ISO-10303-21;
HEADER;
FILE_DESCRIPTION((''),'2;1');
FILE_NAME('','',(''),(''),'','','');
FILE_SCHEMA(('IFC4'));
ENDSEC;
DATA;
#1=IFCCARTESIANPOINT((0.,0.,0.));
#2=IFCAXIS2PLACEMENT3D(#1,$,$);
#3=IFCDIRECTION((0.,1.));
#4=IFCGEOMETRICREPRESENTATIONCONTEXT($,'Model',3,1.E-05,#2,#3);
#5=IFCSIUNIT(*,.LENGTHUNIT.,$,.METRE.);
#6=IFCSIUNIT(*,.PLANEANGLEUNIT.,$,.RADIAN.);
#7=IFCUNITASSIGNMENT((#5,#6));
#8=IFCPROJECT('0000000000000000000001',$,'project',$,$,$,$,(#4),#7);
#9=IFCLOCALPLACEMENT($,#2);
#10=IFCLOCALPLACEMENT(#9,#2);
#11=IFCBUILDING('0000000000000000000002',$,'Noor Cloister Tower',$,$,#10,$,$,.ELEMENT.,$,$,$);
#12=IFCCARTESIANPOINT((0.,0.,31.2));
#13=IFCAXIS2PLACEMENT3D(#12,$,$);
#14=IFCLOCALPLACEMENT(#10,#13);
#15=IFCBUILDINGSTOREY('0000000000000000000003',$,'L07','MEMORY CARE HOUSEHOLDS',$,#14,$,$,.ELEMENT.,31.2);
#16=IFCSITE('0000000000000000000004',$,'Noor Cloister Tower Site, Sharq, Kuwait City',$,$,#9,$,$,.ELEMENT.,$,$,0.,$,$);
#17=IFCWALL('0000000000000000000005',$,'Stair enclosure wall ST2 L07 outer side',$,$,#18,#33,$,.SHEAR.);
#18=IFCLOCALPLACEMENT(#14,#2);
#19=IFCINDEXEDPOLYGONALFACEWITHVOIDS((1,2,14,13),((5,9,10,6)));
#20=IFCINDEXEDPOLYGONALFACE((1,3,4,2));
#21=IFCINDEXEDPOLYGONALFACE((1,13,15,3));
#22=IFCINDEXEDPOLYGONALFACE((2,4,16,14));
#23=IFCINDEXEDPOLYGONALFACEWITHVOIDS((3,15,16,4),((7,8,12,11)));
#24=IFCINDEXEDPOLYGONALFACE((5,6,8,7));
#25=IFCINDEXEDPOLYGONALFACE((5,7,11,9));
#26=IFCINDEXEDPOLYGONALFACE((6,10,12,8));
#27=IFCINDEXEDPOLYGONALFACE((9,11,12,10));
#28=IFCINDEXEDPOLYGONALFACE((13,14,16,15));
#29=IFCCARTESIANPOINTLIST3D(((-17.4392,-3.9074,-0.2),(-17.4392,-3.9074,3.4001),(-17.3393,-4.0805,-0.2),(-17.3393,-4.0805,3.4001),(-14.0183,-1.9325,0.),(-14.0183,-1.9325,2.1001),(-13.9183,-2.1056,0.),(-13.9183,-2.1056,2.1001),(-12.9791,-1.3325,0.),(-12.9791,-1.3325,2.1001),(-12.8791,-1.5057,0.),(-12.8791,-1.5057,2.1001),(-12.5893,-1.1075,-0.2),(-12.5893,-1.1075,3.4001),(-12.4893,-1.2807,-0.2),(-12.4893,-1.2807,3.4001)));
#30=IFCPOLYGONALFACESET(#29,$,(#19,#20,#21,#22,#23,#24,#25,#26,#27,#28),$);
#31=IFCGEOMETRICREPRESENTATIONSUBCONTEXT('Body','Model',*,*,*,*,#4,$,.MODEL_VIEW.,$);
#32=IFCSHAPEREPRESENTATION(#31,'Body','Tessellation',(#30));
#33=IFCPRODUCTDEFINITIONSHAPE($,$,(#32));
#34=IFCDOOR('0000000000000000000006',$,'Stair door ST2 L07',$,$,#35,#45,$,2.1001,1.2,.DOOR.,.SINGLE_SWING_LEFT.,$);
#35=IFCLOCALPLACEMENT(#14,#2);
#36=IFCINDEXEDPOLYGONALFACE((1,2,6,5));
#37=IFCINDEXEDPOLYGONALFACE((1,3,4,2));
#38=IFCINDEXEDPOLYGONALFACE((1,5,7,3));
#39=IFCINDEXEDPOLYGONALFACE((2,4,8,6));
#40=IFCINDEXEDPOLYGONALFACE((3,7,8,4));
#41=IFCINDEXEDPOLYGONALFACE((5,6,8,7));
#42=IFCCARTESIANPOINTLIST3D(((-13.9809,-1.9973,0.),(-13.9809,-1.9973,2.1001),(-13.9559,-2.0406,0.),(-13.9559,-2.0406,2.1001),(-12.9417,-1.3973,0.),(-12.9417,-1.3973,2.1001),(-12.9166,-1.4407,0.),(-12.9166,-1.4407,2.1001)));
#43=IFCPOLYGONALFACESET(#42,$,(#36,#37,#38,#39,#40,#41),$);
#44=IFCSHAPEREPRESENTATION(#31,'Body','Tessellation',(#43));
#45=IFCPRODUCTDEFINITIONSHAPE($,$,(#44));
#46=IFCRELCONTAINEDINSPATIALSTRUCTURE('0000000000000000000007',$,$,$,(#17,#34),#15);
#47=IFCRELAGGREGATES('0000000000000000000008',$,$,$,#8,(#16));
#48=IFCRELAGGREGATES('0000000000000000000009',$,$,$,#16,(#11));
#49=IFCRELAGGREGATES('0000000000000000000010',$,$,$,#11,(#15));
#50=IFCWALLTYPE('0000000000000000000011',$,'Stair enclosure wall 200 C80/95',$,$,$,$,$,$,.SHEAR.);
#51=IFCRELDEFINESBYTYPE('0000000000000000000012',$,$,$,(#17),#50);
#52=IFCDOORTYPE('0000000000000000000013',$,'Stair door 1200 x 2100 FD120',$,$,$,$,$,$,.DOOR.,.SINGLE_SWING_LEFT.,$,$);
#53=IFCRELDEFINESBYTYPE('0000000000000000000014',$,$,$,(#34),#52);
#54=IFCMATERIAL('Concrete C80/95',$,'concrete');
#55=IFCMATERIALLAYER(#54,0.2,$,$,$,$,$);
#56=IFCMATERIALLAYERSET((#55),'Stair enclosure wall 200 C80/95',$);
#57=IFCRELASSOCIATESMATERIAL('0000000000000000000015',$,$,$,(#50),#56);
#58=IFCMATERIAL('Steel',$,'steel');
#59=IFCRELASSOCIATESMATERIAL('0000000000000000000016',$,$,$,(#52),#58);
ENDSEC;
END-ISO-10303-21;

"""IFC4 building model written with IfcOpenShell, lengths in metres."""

from ifc_helpers import new_model, si_unit, direction, frame, frame_2d, origin, place, context, subcontext, project, spatial, rectangle, extrude, material, layer, layer_set, type_object, element, fill, save


model = new_model("IFC4")

# Units and contexts
model_context = context("Model", 3, precision=1e-05, world=origin(), true_north=direction((0.0, 1.0)))
body_context = subcontext(model_context, "Body", "Model", "MODEL_VIEW")
ifc_project = project(units=[si_unit("LENGTHUNIT", "METRE"), si_unit("PLANEANGLEUNIT", "RADIAN")], contexts=[model_context])

# Site, building, storey
site_placement = place(None, origin())
site = spatial("IfcSite", under=ifc_project, at=site_placement, Name="Noor Cloister Tower Site, Sharq, Kuwait City", CompositionType="ELEMENT", RefElevation=0.0)
building_placement = place(site_placement, origin())
building = spatial("IfcBuilding", under=site, at=building_placement, Name="Noor Cloister Tower", CompositionType="ELEMENT")
storey_placement = place(building_placement, frame((0.0, 0.0, 31.2)))
storey = spatial("IfcBuildingStorey", under=building, at=storey_placement, Name="L07", Description="MEMORY CARE HOUSEHOLDS", CompositionType="ELEMENT", Elevation=31.2)

# Wall, opening, door
ifc_material_1 = material(Name="Concrete C80/95", Category="concrete")
ifc_layer_1 = layer(ifc_material_1, 0.2)
ifc_layer_set_1 = layer_set([ifc_layer_1], Name="Stair enclosure wall 200 C80/95")
wall_type_1 = type_object("IfcWallType", Name="Stair enclosure wall 200 C80/95", PredefinedType="SHEAR", material=ifc_layer_set_1)
ifc_material_2 = material(Name="Steel", Category="steel")
door_type_1 = type_object("IfcDoorType", Name="Stair door 1200 x 2100 FD120", OperationType="SINGLE_SWING_LEFT", PredefinedType="DOOR", material=ifc_material_2)
wall_1_placement = place(storey_placement, frame((-12.5393, -1.1941, -0.2), z_axis=(0.0, 0.0, 1.0), x_axis=(-0.866045, -0.499965, 0.0)))
wall_1 = element("IfcWall", 1, at=wall_1_placement, inside=storey, type_object=wall_type_1, Name="Stair enclosure wall ST2 L07 outer side", PredefinedType="SHEAR", context=body_context, shape_type="SweptSolid", body=[
    extrude(rectangle(XDim=5.6001, YDim=0.2, at=frame_2d((2.8, 0.0))), origin(), (0.0, 0.0, 1.0), 3.6001),
])
opening_1_placement = place(wall_1_placement, frame((0.45, 0.0, 0.2)))
opening_1 = element("IfcOpeningElement", 2, at=opening_1_placement, cuts=wall_1, PredefinedType="OPENING", context=body_context, shape_type="SweptSolid", body=[
    extrude(rectangle(XDim=1.2, YDim=2.1001, at=frame_2d((0.6001, 1.05))), frame((0.0, 0.1099, 0.0), z_axis=(0.0, -1.0, 0.0), x_axis=(1.0, 0.0, 0.0)), (0.0, 0.0, 1.0), 0.22),
])
door_1_placement = place(opening_1_placement, origin())
door_1 = element("IfcDoor", 3, at=door_1_placement, inside=storey, type_object=door_type_1, Name="Stair door ST2 L07", OperationType="SINGLE_SWING_LEFT", OverallHeight=2.1001, OverallWidth=1.2, PredefinedType="DOOR", context=body_context, shape_type="SweptSolid", body=[
    extrude(rectangle(XDim=1.2, YDim=2.1001, at=frame_2d((0.6001, 1.05))), frame((0.0, 0.0249, 0.0), z_axis=(0.0, -1.0, 0.0), x_axis=(1.0, 0.0, 0.0)), (0.0, 0.0, 1.0), 0.05),
])
fill(opening_1, door_1)

save(model, "model.ifc")
